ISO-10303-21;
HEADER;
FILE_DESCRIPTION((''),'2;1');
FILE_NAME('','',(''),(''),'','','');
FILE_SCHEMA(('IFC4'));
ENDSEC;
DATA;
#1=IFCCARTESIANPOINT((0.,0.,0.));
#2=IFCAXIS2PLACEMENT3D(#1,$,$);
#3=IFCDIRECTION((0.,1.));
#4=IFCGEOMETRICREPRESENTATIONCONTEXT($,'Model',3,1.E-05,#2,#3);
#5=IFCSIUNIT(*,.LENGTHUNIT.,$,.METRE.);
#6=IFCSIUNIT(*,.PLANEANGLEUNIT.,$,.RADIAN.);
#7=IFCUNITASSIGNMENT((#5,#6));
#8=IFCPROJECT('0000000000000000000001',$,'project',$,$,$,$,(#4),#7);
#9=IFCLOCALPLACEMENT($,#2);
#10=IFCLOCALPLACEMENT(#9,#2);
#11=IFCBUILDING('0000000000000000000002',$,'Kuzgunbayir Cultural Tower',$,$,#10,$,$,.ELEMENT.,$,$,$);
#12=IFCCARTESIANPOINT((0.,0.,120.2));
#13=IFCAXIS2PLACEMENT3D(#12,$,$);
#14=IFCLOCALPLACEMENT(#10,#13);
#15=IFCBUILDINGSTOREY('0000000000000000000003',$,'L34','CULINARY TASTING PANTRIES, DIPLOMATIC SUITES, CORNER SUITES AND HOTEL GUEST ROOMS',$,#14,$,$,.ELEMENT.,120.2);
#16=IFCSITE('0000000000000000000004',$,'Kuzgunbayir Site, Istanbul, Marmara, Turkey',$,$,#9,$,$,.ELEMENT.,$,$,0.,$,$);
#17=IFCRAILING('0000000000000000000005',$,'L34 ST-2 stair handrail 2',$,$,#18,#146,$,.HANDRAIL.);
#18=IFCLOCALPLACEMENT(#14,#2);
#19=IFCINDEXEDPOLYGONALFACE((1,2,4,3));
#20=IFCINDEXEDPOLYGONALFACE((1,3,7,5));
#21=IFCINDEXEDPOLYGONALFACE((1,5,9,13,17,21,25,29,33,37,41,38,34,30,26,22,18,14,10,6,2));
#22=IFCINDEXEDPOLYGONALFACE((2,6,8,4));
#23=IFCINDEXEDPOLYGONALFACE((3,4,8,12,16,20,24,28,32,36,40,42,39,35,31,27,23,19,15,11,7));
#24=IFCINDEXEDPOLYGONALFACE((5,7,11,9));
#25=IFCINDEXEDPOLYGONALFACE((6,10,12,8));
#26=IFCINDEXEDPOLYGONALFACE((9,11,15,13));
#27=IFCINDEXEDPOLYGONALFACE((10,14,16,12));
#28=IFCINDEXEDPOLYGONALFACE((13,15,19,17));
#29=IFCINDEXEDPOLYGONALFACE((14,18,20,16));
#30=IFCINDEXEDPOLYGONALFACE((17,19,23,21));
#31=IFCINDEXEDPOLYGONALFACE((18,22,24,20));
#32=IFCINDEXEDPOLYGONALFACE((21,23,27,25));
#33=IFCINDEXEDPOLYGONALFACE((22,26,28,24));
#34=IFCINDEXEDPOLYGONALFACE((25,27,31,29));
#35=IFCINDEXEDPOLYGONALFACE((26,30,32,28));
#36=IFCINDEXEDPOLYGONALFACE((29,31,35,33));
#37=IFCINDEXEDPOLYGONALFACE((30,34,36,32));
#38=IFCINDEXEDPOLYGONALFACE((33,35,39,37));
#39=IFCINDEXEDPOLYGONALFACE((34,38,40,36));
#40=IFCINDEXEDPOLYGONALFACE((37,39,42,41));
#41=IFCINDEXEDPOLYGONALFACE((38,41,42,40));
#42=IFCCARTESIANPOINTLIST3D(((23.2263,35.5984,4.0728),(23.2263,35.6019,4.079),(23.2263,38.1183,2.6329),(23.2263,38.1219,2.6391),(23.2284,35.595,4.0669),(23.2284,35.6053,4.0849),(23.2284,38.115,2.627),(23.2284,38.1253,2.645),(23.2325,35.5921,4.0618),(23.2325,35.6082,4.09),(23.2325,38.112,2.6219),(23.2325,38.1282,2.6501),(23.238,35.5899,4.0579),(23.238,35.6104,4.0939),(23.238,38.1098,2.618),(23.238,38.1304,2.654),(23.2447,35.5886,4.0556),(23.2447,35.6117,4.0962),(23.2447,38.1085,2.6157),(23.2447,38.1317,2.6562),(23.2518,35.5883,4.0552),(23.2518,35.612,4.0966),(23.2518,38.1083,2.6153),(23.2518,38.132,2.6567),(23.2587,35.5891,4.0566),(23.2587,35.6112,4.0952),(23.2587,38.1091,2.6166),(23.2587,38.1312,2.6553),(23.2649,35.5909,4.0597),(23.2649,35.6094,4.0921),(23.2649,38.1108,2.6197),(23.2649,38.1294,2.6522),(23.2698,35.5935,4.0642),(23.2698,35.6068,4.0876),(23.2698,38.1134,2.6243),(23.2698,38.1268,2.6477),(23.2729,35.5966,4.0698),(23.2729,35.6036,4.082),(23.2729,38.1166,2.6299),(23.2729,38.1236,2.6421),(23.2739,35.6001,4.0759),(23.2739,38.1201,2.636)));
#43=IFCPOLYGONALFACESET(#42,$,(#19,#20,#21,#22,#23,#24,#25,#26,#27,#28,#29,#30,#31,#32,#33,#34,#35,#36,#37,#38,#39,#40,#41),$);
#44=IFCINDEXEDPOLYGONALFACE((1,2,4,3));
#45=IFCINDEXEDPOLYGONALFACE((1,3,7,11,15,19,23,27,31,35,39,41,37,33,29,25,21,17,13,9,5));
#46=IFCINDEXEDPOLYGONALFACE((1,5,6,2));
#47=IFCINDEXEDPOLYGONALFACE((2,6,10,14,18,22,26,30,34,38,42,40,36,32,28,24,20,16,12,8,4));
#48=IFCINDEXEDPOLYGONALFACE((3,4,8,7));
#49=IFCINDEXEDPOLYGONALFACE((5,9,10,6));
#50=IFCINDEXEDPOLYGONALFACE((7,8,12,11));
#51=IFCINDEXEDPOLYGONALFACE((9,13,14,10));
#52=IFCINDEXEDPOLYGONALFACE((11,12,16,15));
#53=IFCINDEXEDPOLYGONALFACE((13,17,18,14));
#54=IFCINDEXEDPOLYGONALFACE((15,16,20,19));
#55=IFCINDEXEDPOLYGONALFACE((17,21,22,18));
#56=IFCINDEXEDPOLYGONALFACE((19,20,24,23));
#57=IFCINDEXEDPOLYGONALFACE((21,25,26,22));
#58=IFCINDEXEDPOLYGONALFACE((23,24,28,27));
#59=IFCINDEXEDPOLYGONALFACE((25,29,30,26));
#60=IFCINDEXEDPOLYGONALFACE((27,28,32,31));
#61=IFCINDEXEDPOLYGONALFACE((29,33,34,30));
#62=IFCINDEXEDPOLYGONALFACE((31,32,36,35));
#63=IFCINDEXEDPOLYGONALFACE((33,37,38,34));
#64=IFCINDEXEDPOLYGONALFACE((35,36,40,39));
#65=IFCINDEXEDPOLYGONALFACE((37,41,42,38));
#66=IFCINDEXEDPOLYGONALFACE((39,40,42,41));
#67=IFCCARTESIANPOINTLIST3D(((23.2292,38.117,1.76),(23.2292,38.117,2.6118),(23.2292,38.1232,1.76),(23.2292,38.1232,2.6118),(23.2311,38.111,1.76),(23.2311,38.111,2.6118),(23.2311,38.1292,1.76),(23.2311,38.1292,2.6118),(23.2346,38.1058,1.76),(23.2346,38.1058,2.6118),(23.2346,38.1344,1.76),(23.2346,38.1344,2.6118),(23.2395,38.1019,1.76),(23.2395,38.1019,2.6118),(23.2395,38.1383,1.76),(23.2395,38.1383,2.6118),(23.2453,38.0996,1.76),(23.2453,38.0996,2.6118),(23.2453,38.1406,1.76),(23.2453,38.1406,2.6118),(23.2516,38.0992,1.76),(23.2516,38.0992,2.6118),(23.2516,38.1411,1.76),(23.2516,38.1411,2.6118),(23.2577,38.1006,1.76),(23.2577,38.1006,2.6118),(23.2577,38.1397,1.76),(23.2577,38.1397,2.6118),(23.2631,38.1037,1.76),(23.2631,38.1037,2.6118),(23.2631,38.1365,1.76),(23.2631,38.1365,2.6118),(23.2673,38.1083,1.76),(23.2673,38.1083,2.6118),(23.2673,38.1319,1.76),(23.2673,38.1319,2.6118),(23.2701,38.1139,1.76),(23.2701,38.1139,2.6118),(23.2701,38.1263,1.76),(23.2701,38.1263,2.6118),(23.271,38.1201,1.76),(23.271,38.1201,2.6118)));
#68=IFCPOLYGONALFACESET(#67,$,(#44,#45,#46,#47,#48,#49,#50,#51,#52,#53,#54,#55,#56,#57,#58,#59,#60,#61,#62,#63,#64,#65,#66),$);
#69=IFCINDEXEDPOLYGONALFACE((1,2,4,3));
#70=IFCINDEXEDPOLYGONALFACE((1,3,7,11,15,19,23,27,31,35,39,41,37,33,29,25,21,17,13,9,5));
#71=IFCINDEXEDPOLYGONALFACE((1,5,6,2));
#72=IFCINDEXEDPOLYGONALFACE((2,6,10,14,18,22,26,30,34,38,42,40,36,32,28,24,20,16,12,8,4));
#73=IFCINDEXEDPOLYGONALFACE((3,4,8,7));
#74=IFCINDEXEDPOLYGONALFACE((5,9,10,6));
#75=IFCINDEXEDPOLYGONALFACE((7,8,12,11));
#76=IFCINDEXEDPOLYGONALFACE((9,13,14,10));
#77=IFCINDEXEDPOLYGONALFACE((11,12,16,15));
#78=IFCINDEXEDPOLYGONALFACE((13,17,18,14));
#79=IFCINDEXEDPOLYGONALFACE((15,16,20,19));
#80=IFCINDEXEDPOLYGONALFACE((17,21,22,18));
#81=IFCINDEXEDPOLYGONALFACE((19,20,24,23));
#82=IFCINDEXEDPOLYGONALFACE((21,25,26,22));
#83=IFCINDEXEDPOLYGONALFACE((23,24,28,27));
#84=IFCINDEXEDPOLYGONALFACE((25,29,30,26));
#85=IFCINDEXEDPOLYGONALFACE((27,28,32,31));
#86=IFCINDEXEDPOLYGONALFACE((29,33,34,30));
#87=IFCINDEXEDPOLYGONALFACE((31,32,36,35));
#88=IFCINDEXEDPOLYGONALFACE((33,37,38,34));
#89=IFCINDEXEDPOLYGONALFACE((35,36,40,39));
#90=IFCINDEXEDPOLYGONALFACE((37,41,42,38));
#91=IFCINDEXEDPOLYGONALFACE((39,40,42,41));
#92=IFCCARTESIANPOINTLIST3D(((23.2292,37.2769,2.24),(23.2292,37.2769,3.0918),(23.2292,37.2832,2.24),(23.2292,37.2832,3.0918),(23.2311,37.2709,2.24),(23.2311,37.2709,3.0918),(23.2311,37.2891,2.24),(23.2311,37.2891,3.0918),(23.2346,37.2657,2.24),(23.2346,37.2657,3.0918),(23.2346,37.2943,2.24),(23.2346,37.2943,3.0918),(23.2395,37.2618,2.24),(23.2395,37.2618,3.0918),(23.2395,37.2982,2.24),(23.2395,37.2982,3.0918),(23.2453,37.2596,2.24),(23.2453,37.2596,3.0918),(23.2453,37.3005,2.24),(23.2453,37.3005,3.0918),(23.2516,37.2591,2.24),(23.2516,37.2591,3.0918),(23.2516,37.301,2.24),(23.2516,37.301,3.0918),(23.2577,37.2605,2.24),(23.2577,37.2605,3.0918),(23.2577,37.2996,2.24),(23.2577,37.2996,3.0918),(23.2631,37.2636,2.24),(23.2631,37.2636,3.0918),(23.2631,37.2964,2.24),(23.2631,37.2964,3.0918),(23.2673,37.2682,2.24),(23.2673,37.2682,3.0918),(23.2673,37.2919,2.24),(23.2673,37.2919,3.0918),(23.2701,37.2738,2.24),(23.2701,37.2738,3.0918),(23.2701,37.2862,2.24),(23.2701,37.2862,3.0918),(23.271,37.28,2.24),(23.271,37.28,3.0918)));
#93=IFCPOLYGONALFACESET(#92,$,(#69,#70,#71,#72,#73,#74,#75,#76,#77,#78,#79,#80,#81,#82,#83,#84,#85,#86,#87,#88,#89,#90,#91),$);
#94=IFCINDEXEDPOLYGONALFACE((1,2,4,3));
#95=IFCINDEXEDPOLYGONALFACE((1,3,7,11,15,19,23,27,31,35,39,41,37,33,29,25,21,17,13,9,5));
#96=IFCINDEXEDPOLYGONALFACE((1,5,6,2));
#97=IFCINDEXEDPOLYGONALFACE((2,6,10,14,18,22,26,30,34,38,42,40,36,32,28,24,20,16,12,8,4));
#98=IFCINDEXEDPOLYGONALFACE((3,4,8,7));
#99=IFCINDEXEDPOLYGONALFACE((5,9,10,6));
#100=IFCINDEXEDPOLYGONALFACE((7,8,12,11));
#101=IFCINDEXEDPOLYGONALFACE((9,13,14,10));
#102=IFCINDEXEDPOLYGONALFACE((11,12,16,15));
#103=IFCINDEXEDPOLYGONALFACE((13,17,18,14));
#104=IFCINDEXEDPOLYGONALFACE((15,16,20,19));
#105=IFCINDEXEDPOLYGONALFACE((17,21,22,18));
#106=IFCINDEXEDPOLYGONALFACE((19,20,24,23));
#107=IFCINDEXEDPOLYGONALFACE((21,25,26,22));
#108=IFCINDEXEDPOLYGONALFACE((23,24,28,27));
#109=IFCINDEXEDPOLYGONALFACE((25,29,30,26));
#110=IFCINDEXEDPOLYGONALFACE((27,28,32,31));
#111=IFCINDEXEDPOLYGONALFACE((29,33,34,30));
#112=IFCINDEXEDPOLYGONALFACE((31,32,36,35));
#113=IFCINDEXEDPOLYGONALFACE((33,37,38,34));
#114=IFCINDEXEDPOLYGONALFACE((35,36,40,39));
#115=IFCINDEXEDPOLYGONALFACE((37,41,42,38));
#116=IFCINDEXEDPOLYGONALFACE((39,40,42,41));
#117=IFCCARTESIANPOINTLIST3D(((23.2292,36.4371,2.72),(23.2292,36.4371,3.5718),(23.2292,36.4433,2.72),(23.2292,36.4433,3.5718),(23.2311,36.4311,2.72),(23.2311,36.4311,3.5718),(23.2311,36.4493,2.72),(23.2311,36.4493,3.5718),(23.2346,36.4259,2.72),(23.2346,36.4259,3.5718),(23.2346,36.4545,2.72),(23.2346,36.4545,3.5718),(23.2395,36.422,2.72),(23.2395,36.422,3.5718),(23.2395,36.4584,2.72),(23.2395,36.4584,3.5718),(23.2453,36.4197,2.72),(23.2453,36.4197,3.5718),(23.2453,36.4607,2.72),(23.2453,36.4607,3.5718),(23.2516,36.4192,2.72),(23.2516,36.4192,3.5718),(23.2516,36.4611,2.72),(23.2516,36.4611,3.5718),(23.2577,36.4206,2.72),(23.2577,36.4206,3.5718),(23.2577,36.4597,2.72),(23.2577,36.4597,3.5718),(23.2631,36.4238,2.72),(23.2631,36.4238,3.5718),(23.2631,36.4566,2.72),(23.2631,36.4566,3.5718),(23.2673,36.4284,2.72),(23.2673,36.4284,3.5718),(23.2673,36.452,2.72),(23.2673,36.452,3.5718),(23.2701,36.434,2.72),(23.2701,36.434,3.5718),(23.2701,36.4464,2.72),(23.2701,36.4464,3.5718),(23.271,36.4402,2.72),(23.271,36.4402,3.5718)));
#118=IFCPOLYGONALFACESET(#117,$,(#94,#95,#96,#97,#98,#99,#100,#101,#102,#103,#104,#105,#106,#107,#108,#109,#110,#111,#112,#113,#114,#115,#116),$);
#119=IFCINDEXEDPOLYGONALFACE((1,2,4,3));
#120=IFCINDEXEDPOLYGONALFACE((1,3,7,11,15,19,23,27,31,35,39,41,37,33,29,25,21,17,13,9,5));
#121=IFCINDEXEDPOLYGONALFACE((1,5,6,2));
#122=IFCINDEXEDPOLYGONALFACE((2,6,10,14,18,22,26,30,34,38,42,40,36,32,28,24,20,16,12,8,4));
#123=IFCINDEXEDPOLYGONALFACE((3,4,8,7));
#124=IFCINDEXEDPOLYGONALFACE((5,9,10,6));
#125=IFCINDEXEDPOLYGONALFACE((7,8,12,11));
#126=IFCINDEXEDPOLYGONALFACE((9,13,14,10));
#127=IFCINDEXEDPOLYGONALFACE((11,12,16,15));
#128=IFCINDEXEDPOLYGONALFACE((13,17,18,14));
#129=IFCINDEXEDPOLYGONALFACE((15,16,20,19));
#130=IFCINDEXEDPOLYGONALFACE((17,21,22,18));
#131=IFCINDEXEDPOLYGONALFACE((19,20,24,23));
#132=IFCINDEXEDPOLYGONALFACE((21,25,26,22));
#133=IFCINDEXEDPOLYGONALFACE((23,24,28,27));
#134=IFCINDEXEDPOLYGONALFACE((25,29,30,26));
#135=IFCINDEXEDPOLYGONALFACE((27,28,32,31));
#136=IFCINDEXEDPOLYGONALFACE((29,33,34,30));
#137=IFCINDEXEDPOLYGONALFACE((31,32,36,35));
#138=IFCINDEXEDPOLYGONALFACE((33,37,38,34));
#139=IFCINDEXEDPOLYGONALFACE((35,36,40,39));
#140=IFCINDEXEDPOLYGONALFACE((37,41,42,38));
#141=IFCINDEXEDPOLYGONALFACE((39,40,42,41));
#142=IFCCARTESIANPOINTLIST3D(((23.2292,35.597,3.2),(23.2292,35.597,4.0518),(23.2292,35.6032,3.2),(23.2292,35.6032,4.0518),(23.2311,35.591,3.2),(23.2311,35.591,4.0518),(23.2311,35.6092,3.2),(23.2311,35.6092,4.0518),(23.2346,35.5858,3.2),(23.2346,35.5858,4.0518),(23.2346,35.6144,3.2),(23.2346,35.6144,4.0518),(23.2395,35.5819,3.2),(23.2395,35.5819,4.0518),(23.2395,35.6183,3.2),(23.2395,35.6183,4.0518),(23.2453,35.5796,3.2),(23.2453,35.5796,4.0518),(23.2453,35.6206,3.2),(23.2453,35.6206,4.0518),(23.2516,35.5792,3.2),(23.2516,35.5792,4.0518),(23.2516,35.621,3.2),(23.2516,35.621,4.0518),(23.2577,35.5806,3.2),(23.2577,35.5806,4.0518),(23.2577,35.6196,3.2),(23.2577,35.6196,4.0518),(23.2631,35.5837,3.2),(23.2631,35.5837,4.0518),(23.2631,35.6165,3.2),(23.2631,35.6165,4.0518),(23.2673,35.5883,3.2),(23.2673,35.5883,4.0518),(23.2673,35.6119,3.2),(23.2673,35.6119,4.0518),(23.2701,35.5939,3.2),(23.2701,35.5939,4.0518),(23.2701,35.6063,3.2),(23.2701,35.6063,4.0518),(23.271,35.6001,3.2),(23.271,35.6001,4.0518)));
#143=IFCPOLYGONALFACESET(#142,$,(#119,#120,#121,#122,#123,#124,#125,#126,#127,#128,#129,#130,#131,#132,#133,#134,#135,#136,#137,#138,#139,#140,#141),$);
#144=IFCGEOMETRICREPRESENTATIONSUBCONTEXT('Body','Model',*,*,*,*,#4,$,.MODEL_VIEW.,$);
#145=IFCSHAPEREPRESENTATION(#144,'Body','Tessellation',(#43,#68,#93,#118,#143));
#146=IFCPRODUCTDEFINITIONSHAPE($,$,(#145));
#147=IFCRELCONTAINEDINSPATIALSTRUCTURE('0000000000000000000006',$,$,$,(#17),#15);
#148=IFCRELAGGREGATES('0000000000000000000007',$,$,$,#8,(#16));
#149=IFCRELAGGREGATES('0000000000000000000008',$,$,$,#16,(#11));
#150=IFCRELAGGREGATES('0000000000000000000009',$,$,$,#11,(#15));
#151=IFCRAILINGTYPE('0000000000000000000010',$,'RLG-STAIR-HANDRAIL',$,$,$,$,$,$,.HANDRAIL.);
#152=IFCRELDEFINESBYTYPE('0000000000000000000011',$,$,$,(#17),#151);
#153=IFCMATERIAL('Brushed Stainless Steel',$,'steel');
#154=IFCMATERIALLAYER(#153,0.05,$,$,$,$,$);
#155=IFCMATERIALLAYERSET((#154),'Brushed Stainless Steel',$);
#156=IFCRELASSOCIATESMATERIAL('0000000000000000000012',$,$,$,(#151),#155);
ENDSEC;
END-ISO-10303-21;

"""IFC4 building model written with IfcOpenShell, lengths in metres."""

from ifc_helpers import new_model, si_unit, direction, frame, origin, origin_2d, place, context, subcontext, project, spatial, circle, extrude, material, layer, layer_set, type_object, element, save


model = new_model("IFC4")

# Units and contexts
model_context = context("Model", 3, precision=1e-05, world=origin(), true_north=direction((0.0, 1.0)))
body_context = subcontext(model_context, "Body", "Model", "MODEL_VIEW")
ifc_project = project(units=[si_unit("LENGTHUNIT", "METRE"), si_unit("PLANEANGLEUNIT", "RADIAN")], contexts=[model_context])

# Site, building, storey
site_placement = place(None, origin())
site = spatial("IfcSite", under=ifc_project, at=site_placement, Name="Kuzgunbayir Site, Istanbul, Marmara, Turkey", CompositionType="ELEMENT", RefElevation=0.0)
building_placement = place(site_placement, origin())
building = spatial("IfcBuilding", under=site, at=building_placement, Name="Kuzgunbayir Cultural Tower", CompositionType="ELEMENT")
storey_placement = place(building_placement, frame((0.0, 0.0, 120.2)))
storey = spatial("IfcBuildingStorey", under=building, at=storey_placement, Name="L34", Description="CULINARY TASTING PANTRIES, DIPLOMATIC SUITES, CORNER SUITES AND HOTEL GUEST ROOMS", CompositionType="ELEMENT", Elevation=120.2)

# Shared definitions
ifc_material_1 = material(Name="Brushed Stainless Steel", Category="steel")

# Railing
ifc_layer_1 = layer(ifc_material_1, 0.05)
ifc_layer_set_1 = layer_set([ifc_layer_1], Name="Brushed Stainless Steel")
railing_type_1 = type_object("IfcRailingType", Name="RLG-STAIR-HANDRAIL", PredefinedType="HANDRAIL", material=ifc_layer_set_1)
railing_1_placement = place(storey_placement, frame((23.25, 38.1201, 1.76)))
element("IfcRailing", 1, at=railing_1_placement, inside=storey, type_object=railing_type_1, Name="L34 ST-2 stair handrail 2", PredefinedType="HANDRAIL", context=body_context, shape_type="SweptSolid", body=[
    extrude(circle(Radius=0.0239, at=origin_2d()), frame((0.0, 0.0, 0.876), z_axis=(0.0, -0.868253, 0.496121), x_axis=(1.0, 0.0, 0.0)), (0.0, 0.0, 1.0), 2.9023),
    extrude(circle(Radius=0.021, at=origin_2d()), origin(), (0.0, 0.0, 1.0), 0.8518),
    extrude(circle(Radius=0.021, at=origin_2d()), frame((0.0, -0.8401, 0.48)), (0.0, 0.0, 1.0), 0.8518),
    extrude(circle(Radius=0.021, at=origin_2d()), frame((0.0, -1.6799, 0.96)), (0.0, 0.0, 1.0), 0.8518),
    extrude(circle(Radius=0.021, at=origin_2d()), frame((0.0, -2.52, 1.4399)), (0.0, 0.0, 1.0), 0.8518),
])

save(model, "model.ifc")
